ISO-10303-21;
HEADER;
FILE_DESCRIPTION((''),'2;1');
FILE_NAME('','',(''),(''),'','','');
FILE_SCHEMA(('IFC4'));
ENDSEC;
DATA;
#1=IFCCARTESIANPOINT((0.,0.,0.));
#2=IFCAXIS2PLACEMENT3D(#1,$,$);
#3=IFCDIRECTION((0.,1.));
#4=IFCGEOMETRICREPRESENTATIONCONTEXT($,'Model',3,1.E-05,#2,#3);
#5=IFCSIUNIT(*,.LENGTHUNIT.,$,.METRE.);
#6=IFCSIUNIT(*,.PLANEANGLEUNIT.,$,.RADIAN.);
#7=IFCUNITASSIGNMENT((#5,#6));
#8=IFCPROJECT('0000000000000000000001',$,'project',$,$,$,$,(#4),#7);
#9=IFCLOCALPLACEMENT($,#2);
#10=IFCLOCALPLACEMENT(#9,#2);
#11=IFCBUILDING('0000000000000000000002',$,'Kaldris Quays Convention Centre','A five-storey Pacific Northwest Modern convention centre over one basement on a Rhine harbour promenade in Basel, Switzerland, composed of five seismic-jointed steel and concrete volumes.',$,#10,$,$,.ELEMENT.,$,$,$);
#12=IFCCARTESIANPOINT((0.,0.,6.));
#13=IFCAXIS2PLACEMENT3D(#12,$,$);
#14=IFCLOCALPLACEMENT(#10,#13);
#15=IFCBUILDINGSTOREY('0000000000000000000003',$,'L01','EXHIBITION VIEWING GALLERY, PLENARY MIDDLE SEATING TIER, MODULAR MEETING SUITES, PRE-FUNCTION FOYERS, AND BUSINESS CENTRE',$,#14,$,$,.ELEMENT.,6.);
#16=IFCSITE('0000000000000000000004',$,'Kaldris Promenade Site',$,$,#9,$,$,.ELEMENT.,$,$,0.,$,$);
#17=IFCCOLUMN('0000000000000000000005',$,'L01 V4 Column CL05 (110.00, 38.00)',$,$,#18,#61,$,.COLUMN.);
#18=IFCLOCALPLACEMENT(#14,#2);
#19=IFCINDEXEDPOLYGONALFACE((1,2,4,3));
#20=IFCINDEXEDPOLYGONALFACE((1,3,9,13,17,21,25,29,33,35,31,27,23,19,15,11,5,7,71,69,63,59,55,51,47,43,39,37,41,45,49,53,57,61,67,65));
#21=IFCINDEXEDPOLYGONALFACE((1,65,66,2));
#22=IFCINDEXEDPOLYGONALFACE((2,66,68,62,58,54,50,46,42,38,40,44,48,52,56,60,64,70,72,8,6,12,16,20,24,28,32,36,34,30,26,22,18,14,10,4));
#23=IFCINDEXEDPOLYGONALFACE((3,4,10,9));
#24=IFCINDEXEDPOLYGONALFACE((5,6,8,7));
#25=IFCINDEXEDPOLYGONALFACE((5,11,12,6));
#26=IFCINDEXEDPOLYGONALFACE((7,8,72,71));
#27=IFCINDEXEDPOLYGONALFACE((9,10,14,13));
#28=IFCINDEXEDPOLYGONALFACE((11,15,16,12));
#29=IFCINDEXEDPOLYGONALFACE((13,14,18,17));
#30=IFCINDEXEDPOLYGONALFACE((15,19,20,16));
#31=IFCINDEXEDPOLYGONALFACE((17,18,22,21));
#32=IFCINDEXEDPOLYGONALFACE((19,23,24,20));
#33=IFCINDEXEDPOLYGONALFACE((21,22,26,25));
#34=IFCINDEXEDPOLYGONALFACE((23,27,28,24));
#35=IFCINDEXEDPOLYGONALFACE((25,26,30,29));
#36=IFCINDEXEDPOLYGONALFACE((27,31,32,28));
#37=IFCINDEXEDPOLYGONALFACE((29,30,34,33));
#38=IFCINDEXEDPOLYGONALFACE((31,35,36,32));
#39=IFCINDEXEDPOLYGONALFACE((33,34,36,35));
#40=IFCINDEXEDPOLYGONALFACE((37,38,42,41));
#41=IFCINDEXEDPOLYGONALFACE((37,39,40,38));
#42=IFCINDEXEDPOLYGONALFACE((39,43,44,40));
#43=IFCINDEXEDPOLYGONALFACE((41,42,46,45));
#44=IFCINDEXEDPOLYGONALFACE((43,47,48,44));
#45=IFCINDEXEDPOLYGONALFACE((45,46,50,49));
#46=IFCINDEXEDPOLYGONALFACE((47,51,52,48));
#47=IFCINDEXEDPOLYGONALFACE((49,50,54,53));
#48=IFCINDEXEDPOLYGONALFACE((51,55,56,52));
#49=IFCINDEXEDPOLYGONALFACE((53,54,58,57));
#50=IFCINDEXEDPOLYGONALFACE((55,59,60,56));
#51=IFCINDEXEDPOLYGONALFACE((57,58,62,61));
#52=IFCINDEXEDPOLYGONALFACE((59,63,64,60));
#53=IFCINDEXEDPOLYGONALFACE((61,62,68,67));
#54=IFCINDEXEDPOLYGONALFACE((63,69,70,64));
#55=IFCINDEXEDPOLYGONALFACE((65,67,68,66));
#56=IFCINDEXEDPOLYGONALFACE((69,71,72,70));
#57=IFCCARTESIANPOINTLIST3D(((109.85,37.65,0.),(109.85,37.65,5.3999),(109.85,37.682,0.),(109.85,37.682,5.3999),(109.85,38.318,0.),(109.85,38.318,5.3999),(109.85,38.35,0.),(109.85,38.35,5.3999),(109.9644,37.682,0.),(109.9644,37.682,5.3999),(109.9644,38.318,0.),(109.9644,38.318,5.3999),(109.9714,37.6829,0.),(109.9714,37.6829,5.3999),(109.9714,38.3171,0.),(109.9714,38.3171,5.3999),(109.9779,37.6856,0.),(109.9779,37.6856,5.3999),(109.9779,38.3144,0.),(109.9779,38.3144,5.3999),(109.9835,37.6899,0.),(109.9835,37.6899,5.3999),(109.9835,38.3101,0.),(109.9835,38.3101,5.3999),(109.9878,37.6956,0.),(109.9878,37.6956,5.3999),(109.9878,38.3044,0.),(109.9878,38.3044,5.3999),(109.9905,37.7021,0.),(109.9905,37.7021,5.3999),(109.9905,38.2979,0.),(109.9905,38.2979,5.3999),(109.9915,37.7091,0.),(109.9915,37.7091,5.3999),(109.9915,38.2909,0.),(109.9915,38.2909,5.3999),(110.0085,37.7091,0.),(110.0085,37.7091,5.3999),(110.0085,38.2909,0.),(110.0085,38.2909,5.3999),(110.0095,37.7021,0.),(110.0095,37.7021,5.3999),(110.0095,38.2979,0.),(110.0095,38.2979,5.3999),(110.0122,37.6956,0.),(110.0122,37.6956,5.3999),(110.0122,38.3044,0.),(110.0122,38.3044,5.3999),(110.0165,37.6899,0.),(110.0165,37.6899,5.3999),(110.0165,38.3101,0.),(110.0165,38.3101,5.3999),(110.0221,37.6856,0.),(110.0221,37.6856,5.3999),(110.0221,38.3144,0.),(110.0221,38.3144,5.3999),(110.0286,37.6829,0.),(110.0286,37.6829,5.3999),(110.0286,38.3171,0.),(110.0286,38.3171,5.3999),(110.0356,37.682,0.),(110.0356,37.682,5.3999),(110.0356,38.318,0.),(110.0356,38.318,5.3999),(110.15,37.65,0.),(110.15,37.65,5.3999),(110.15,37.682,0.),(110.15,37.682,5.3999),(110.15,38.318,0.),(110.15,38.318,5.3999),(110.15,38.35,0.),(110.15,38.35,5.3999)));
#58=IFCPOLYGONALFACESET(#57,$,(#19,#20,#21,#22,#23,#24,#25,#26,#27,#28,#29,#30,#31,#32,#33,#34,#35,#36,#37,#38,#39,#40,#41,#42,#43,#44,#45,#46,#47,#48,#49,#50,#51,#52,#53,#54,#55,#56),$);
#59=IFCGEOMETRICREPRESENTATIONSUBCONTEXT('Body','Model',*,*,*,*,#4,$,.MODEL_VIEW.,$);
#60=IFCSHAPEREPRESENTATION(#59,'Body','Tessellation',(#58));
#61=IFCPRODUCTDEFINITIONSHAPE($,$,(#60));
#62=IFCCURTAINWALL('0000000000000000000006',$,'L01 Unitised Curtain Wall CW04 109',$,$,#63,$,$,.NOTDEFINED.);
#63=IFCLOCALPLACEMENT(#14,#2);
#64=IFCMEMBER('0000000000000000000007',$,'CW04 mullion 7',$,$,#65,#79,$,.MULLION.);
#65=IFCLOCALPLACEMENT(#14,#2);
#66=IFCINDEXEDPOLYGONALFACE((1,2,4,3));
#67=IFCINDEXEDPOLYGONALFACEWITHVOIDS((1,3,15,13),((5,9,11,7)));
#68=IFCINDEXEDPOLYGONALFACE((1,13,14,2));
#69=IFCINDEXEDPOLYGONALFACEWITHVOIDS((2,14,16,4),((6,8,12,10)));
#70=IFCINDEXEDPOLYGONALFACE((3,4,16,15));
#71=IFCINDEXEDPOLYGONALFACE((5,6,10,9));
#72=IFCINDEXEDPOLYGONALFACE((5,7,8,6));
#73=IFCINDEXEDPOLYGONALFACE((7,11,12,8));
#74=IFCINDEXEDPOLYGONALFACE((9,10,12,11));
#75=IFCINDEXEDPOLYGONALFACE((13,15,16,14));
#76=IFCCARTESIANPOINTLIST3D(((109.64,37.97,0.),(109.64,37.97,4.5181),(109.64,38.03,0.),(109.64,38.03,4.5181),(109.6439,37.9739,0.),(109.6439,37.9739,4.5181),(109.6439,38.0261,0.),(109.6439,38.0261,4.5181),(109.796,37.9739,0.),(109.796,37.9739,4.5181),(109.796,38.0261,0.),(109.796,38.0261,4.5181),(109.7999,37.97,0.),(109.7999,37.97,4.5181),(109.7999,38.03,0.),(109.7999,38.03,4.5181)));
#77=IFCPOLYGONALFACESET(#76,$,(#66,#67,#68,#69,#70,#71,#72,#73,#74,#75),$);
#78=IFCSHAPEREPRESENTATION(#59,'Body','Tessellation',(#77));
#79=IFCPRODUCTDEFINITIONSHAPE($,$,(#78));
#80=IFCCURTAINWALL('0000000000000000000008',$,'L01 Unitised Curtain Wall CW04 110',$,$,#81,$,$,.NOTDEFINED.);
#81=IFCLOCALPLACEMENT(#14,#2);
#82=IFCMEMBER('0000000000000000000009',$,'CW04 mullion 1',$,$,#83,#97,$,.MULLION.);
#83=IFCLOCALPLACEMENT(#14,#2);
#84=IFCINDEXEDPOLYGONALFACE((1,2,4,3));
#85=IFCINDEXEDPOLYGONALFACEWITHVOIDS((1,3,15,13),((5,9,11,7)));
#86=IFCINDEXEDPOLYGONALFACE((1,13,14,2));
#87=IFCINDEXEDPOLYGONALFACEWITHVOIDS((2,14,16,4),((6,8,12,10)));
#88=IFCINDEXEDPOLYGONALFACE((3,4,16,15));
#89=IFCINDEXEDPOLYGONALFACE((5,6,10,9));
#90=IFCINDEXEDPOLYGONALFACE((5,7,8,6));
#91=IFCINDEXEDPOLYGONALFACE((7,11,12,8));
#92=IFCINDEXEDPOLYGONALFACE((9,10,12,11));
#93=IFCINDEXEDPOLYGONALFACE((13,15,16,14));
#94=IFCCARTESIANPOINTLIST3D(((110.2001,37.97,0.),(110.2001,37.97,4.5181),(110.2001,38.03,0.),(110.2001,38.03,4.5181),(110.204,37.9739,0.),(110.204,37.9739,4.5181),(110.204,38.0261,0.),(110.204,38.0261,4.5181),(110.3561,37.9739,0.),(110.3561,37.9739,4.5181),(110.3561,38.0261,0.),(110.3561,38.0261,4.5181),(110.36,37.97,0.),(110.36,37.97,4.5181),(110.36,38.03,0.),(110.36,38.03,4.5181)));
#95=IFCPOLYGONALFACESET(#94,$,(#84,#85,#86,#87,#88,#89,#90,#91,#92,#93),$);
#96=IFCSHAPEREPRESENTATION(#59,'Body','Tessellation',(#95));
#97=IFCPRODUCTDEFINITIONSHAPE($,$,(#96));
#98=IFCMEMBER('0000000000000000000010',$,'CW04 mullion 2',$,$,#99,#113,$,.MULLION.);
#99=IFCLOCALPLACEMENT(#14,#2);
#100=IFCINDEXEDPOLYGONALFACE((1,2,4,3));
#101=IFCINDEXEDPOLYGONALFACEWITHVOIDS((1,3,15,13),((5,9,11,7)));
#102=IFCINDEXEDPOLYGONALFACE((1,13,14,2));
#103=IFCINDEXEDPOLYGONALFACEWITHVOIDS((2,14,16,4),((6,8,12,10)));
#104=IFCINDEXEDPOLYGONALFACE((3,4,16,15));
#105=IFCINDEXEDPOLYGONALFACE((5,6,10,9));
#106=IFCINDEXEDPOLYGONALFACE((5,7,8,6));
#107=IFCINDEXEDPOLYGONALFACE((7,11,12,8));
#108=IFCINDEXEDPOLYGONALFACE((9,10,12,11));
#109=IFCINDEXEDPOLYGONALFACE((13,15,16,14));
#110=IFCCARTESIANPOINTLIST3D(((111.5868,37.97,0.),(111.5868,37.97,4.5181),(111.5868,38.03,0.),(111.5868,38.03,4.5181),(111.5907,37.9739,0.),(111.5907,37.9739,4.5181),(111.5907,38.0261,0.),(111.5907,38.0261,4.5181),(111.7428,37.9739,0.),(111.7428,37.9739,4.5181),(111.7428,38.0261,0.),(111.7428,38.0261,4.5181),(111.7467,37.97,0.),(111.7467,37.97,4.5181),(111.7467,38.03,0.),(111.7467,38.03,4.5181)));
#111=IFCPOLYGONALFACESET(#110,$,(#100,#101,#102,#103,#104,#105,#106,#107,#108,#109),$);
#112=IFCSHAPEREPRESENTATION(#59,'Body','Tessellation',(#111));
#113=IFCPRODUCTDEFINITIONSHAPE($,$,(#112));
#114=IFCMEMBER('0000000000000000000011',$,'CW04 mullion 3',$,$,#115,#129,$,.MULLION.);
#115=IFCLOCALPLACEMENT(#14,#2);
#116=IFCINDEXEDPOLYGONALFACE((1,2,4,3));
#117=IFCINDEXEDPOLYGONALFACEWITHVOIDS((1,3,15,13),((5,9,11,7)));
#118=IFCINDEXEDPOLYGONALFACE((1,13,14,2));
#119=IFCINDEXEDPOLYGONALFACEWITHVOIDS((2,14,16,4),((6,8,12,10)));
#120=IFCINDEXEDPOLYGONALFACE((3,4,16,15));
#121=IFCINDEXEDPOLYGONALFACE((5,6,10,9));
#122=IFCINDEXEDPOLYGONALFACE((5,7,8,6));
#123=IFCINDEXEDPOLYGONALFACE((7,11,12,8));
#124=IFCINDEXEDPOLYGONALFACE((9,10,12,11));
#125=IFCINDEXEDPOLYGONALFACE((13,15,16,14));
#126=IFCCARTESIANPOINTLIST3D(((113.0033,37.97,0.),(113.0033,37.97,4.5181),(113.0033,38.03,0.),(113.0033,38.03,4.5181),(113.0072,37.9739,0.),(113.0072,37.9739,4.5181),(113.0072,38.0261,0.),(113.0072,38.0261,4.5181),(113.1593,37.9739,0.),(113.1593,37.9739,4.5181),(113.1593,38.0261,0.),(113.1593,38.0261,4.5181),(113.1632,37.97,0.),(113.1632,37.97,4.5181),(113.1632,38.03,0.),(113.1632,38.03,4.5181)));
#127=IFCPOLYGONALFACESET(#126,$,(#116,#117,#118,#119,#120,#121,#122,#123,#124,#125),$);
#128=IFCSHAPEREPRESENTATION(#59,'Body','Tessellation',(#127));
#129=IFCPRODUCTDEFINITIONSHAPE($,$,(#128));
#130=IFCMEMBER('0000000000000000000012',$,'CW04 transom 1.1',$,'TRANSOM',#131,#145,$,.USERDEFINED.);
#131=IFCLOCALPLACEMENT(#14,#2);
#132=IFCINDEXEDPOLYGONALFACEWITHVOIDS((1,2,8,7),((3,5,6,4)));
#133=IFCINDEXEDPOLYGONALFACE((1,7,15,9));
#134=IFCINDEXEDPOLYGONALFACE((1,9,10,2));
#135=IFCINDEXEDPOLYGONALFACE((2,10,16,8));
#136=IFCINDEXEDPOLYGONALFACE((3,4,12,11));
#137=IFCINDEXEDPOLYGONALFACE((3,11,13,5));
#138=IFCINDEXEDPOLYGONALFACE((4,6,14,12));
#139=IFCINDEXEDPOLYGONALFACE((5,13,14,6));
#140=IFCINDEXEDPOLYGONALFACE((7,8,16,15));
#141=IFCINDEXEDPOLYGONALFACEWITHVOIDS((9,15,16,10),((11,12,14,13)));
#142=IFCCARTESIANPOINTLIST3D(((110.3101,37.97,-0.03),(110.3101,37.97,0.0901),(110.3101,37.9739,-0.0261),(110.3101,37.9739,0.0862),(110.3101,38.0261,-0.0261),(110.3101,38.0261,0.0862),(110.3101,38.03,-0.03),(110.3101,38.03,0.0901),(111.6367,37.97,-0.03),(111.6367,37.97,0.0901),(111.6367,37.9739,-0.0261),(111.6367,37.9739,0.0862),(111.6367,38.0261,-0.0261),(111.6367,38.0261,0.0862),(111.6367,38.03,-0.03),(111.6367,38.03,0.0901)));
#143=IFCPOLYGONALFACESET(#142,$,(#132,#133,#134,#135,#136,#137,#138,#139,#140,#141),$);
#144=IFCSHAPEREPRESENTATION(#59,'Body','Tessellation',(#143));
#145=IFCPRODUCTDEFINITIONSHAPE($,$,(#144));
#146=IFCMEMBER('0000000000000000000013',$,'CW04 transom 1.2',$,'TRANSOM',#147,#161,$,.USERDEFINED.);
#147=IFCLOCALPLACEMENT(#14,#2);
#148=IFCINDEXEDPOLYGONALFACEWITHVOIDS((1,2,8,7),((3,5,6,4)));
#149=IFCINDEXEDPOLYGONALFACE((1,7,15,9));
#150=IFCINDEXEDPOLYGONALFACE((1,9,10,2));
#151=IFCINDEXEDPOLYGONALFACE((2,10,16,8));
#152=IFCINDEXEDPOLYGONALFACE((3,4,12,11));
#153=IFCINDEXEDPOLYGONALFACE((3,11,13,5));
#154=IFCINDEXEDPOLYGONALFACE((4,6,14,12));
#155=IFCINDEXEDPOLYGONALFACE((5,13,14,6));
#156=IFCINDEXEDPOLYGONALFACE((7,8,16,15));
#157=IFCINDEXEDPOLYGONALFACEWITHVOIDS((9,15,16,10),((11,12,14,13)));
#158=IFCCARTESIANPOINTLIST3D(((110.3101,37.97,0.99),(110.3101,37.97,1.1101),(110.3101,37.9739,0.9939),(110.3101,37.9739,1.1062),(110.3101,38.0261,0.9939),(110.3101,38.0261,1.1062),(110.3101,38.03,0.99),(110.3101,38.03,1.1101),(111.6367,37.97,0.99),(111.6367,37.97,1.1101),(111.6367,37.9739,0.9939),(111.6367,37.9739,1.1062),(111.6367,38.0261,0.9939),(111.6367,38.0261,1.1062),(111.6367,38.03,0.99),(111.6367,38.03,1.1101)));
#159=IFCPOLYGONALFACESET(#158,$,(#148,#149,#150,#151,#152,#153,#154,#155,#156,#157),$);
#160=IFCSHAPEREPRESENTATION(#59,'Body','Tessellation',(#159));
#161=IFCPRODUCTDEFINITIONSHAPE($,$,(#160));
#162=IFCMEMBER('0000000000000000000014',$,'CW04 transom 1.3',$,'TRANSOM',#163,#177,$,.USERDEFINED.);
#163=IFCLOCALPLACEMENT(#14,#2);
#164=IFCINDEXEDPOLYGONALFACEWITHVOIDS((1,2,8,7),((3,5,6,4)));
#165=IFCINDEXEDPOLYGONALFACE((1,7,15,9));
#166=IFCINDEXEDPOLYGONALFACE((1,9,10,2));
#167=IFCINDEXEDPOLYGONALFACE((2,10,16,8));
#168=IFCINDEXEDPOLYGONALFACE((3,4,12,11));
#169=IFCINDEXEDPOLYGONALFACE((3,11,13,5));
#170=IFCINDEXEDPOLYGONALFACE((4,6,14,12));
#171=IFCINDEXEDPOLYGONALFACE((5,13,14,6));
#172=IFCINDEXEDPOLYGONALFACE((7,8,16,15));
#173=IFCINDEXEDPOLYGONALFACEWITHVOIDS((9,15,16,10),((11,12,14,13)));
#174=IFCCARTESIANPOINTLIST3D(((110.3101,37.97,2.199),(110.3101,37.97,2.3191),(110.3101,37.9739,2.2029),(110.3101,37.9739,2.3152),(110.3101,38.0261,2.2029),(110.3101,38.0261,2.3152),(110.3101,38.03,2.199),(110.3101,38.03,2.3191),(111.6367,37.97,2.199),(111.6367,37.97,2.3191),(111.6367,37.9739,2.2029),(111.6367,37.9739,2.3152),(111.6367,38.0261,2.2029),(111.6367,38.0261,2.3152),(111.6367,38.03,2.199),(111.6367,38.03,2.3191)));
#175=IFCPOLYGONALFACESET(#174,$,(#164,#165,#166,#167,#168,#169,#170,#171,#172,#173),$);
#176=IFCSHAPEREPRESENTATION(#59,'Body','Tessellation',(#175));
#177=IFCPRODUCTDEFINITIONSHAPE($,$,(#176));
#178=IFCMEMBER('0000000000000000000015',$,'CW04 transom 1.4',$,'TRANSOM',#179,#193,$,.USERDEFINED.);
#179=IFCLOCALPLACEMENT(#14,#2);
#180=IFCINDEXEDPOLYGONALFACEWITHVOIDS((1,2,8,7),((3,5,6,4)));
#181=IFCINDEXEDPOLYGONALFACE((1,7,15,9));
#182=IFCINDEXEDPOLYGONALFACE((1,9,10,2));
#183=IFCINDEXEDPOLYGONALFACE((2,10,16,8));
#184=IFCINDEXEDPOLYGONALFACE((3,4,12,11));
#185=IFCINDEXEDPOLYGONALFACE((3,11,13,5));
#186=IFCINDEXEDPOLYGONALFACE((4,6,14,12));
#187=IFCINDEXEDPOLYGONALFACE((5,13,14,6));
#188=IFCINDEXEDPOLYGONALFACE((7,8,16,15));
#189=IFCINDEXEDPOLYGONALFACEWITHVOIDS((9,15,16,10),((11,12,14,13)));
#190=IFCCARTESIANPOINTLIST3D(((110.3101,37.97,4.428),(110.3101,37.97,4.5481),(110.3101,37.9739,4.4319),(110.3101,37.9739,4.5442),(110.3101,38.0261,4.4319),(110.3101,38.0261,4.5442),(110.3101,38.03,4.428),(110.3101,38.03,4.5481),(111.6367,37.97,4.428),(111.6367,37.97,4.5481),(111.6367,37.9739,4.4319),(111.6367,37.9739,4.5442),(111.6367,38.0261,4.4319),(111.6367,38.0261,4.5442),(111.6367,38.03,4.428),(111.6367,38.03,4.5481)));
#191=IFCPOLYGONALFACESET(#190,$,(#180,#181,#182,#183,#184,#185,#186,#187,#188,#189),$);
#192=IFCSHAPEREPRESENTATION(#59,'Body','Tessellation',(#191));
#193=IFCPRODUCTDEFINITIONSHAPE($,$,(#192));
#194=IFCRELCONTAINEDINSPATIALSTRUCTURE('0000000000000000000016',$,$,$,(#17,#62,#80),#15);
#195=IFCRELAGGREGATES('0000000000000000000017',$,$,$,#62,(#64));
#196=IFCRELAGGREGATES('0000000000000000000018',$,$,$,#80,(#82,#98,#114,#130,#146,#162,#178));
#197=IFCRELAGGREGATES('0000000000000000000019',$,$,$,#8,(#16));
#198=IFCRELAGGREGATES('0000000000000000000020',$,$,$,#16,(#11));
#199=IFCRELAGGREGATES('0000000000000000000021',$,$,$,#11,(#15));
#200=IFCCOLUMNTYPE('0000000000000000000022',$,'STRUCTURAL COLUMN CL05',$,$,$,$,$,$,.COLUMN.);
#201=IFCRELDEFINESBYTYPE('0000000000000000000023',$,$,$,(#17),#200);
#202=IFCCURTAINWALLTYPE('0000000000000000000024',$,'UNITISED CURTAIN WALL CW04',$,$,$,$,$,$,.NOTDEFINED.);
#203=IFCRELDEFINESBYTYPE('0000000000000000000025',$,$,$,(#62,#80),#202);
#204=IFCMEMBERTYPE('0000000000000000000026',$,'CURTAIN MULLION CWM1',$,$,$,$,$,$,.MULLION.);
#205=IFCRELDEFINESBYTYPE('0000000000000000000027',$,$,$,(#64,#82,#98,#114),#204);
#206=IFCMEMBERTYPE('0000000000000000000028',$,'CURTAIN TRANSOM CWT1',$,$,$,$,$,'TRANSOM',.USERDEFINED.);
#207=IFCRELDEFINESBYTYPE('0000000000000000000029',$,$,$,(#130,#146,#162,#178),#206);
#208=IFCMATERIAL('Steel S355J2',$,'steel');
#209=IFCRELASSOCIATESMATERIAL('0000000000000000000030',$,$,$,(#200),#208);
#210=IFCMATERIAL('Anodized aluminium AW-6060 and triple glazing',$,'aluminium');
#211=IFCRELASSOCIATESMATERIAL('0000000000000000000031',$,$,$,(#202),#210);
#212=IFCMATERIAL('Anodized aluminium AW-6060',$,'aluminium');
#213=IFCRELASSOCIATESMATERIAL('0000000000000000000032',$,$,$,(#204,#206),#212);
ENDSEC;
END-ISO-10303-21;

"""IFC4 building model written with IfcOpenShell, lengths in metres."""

from ifc_helpers import new_model, si_unit, direction, frame, origin, origin_2d, place, context, subcontext, project, spatial, hollow_rectangle, i_section, extrude, material, material_profile, profile_set, type_object, element, aggregate, save


model = new_model("IFC4")

# Units and contexts
model_context = context("Model", 3, precision=1e-05, world=origin(), true_north=direction((0.0, 1.0)))
body_context = subcontext(model_context, "Body", "Model", "MODEL_VIEW")
ifc_project = project(units=[si_unit("LENGTHUNIT", "METRE"), si_unit("PLANEANGLEUNIT", "RADIAN")], contexts=[model_context])

# Site, building, storey
site_placement = place(None, origin())
site = spatial("IfcSite", under=ifc_project, at=site_placement, Name="Kaldris Promenade Site", CompositionType="ELEMENT", RefElevation=0.0)
building_placement = place(site_placement, origin())
building = spatial("IfcBuilding", under=site, at=building_placement, Name="Kaldris Quays Convention Centre", Description="A five-storey Pacific Northwest Modern convention centre over one basement on a Rhine harbour promenade in Basel, Switzerland, composed of five seismic-jointed steel and concrete volumes.", CompositionType="ELEMENT")
storey_placement = place(building_placement, frame((0.0, 0.0, 6.0)))
storey = spatial("IfcBuildingStorey", under=building, at=storey_placement, Name="L01", Description="EXHIBITION VIEWING GALLERY, PLENARY MIDDLE SEATING TIER, MODULAR MEETING SUITES, PRE-FUNCTION FOYERS, AND BUSINESS CENTRE", CompositionType="ELEMENT", Elevation=6.0)

# Column
ifc_material_1 = material(Name="Steel S355J2", Category="steel")
ifc_material_profile_1 = material_profile(ifc_material_1, i_section(OverallWidth=0.3, OverallDepth=0.7, WebThickness=0.0171, FlangeThickness=0.032, FilletRadius=0.0271, at=origin_2d()), Name="HEB 700")
ifc_profile_set_1 = profile_set([ifc_material_profile_1], Name="Steel S355J2")
column_type = type_object("IfcColumnType", Name="STRUCTURAL COLUMN CL05", PredefinedType="COLUMN", material=ifc_profile_set_1)
column_placement = place(storey_placement, frame((110.0, 38.0, 0.0), z_axis=(0.0, 0.0, 1.0), x_axis=(1.0, 0.0, 0.0)))
element("IfcColumn", 1, at=column_placement, inside=storey, type_object=column_type, Name="L01 V4 Column CL05 (110.00, 38.00)", PredefinedType="COLUMN", context=body_context, shape_type="SweptSolid", body=[
    extrude(i_section(OverallWidth=0.3, OverallDepth=0.7, WebThickness=0.0171, FlangeThickness=0.032, FilletRadius=0.0271, at=origin_2d()), origin(), (0.0, 0.0, 1.0), 5.3999),
])

# Curtain wall, member
ifc_material_2 = material(Name="Anodized aluminium AW-6060 and triple glazing", Category="aluminium")
curtain_wall_type = type_object("IfcCurtainWallType", Name="UNITISED CURTAIN WALL CW04", PredefinedType="NOTDEFINED", material=ifc_material_2)
curtain_wall_1_placement = place(storey_placement, origin())
curtain_wall_1 = element("IfcCurtainWall", 2, at=curtain_wall_1_placement, inside=storey, type_object=curtain_wall_type, Name="L01 Unitised Curtain Wall CW04 109", PredefinedType="NOTDEFINED")
ifc_material_3 = material(Name="Anodized aluminium AW-6060", Category="aluminium")
ifc_material_profile_2 = material_profile(ifc_material_3, hollow_rectangle(XDim=0.0601, YDim=0.1599, WallThickness=0.0039, at=origin_2d()), Name="RHS 160x60x4")
ifc_profile_set_2 = profile_set([ifc_material_profile_2], Name="Anodized aluminium AW-6060")
member_type_1 = type_object("IfcMemberType", Name="CURTAIN MULLION CWM1", PredefinedType="MULLION", material=ifc_profile_set_2)
member_1_placement = place(storey_placement, frame((109.72, 38.0, 0.0), z_axis=(0.0, 0.0, 1.0), x_axis=(0.0, 1.0, 0.0)))
member_1 = element("IfcMember", 3, at=member_1_placement, type_object=member_type_1, Name="CW04 mullion 7", PredefinedType="MULLION", context=body_context, shape_type="SweptSolid", body=[
    extrude(hollow_rectangle(XDim=0.0601, YDim=0.1599, WallThickness=0.0039, at=origin_2d()), origin(), (0.0, 0.0, 1.0), 4.5181),
])

# Curtain wall, members
curtain_wall_2_placement = place(storey_placement, origin())
curtain_wall_2 = element("IfcCurtainWall", 4, at=curtain_wall_2_placement, inside=storey, type_object=curtain_wall_type, Name="L01 Unitised Curtain Wall CW04 110", PredefinedType="NOTDEFINED")
member_2_placement = place(storey_placement, frame((110.28, 38.0, 0.0), z_axis=(0.0, 0.0, 1.0), x_axis=(0.0, 1.0, 0.0)))
member_2 = element("IfcMember", 5, at=member_2_placement, type_object=member_type_1, Name="CW04 mullion 1", PredefinedType="MULLION", context=body_context, shape_type="SweptSolid", body=[
    extrude(hollow_rectangle(XDim=0.0601, YDim=0.1599, WallThickness=0.0039, at=origin_2d()), origin(), (0.0, 0.0, 1.0), 4.5181),
])
member_3_placement = place(storey_placement, frame((111.6667, 38.0, 0.0), z_axis=(0.0, 0.0, 1.0), x_axis=(0.0, 1.0, 0.0)))
member_3 = element("IfcMember", 6, at=member_3_placement, type_object=member_type_1, Name="CW04 mullion 2", PredefinedType="MULLION", context=body_context, shape_type="SweptSolid", body=[
    extrude(hollow_rectangle(XDim=0.0601, YDim=0.1599, WallThickness=0.0039, at=origin_2d()), origin(), (0.0, 0.0, 1.0), 4.5181),
])
member_4_placement = place(storey_placement, frame((113.0833, 38.0, 0.0), z_axis=(0.0, 0.0, 1.0), x_axis=(0.0, 1.0, 0.0)))
member_4 = element("IfcMember", 7, at=member_4_placement, type_object=member_type_1, Name="CW04 mullion 3", PredefinedType="MULLION", context=body_context, shape_type="SweptSolid", body=[
    extrude(hollow_rectangle(XDim=0.0601, YDim=0.1599, WallThickness=0.0039, at=origin_2d()), origin(), (0.0, 0.0, 1.0), 4.5181),
])
ifc_material_profile_3 = material_profile(ifc_material_3, hollow_rectangle(XDim=0.0601, YDim=0.1201, WallThickness=0.0039, at=origin_2d()), Name="RHS 120x60x4")
ifc_profile_set_3 = profile_set([ifc_material_profile_3], Name="Anodized aluminium AW-6060")
member_type_2 = type_object("IfcMemberType", Name="CURTAIN TRANSOM CWT1", ElementType="TRANSOM", PredefinedType="USERDEFINED", material=ifc_profile_set_3)
member_5_placement = place(storey_placement, frame((110.3101, 38.0, 0.03), z_axis=(1.0, 0.0, 0.0), x_axis=(0.0, 1.0, 0.0)))
member_5 = element("IfcMember", 8, at=member_5_placement, type_object=member_type_2, Name="CW04 transom 1.1", ObjectType="TRANSOM", PredefinedType="USERDEFINED", context=body_context, shape_type="SweptSolid", body=[
    extrude(hollow_rectangle(XDim=0.0601, YDim=0.1201, WallThickness=0.0039, at=origin_2d()), origin(), (0.0, 0.0, 1.0), 1.3267),
])
member_6_placement = place(storey_placement, frame((110.3101, 38.0, 1.05), z_axis=(1.0, 0.0, 0.0), x_axis=(0.0, 1.0, 0.0)))
member_6 = element("IfcMember", 9, at=member_6_placement, type_object=member_type_2, Name="CW04 transom 1.2", ObjectType="TRANSOM", PredefinedType="USERDEFINED", context=body_context, shape_type="SweptSolid", body=[
    extrude(hollow_rectangle(XDim=0.0601, YDim=0.1201, WallThickness=0.0039, at=origin_2d()), origin(), (0.0, 0.0, 1.0), 1.3267),
])
member_7_placement = place(storey_placement, frame((110.3101, 38.0, 2.259), z_axis=(1.0, 0.0, 0.0), x_axis=(0.0, 1.0, 0.0)))
member_7 = element("IfcMember", 10, at=member_7_placement, type_object=member_type_2, Name="CW04 transom 1.3", ObjectType="TRANSOM", PredefinedType="USERDEFINED", context=body_context, shape_type="SweptSolid", body=[
    extrude(hollow_rectangle(XDim=0.0601, YDim=0.1201, WallThickness=0.0039, at=origin_2d()), origin(), (0.0, 0.0, 1.0), 1.3267),
])
member_8_placement = place(storey_placement, frame((110.3101, 38.0, 4.488), z_axis=(1.0, 0.0, 0.0), x_axis=(0.0, 1.0, 0.0)))
member_8 = element("IfcMember", 11, at=member_8_placement, type_object=member_type_2, Name="CW04 transom 1.4", ObjectType="TRANSOM", PredefinedType="USERDEFINED", context=body_context, shape_type="SweptSolid", body=[
    extrude(hollow_rectangle(XDim=0.0601, YDim=0.1201, WallThickness=0.0039, at=origin_2d()), origin(), (0.0, 0.0, 1.0), 1.3267),
])

aggregate(curtain_wall_1, [member_1])
aggregate(curtain_wall_2, [member_2, member_3, member_4, member_5, member_6, member_7, member_8])

save(model, "model.ifc")
